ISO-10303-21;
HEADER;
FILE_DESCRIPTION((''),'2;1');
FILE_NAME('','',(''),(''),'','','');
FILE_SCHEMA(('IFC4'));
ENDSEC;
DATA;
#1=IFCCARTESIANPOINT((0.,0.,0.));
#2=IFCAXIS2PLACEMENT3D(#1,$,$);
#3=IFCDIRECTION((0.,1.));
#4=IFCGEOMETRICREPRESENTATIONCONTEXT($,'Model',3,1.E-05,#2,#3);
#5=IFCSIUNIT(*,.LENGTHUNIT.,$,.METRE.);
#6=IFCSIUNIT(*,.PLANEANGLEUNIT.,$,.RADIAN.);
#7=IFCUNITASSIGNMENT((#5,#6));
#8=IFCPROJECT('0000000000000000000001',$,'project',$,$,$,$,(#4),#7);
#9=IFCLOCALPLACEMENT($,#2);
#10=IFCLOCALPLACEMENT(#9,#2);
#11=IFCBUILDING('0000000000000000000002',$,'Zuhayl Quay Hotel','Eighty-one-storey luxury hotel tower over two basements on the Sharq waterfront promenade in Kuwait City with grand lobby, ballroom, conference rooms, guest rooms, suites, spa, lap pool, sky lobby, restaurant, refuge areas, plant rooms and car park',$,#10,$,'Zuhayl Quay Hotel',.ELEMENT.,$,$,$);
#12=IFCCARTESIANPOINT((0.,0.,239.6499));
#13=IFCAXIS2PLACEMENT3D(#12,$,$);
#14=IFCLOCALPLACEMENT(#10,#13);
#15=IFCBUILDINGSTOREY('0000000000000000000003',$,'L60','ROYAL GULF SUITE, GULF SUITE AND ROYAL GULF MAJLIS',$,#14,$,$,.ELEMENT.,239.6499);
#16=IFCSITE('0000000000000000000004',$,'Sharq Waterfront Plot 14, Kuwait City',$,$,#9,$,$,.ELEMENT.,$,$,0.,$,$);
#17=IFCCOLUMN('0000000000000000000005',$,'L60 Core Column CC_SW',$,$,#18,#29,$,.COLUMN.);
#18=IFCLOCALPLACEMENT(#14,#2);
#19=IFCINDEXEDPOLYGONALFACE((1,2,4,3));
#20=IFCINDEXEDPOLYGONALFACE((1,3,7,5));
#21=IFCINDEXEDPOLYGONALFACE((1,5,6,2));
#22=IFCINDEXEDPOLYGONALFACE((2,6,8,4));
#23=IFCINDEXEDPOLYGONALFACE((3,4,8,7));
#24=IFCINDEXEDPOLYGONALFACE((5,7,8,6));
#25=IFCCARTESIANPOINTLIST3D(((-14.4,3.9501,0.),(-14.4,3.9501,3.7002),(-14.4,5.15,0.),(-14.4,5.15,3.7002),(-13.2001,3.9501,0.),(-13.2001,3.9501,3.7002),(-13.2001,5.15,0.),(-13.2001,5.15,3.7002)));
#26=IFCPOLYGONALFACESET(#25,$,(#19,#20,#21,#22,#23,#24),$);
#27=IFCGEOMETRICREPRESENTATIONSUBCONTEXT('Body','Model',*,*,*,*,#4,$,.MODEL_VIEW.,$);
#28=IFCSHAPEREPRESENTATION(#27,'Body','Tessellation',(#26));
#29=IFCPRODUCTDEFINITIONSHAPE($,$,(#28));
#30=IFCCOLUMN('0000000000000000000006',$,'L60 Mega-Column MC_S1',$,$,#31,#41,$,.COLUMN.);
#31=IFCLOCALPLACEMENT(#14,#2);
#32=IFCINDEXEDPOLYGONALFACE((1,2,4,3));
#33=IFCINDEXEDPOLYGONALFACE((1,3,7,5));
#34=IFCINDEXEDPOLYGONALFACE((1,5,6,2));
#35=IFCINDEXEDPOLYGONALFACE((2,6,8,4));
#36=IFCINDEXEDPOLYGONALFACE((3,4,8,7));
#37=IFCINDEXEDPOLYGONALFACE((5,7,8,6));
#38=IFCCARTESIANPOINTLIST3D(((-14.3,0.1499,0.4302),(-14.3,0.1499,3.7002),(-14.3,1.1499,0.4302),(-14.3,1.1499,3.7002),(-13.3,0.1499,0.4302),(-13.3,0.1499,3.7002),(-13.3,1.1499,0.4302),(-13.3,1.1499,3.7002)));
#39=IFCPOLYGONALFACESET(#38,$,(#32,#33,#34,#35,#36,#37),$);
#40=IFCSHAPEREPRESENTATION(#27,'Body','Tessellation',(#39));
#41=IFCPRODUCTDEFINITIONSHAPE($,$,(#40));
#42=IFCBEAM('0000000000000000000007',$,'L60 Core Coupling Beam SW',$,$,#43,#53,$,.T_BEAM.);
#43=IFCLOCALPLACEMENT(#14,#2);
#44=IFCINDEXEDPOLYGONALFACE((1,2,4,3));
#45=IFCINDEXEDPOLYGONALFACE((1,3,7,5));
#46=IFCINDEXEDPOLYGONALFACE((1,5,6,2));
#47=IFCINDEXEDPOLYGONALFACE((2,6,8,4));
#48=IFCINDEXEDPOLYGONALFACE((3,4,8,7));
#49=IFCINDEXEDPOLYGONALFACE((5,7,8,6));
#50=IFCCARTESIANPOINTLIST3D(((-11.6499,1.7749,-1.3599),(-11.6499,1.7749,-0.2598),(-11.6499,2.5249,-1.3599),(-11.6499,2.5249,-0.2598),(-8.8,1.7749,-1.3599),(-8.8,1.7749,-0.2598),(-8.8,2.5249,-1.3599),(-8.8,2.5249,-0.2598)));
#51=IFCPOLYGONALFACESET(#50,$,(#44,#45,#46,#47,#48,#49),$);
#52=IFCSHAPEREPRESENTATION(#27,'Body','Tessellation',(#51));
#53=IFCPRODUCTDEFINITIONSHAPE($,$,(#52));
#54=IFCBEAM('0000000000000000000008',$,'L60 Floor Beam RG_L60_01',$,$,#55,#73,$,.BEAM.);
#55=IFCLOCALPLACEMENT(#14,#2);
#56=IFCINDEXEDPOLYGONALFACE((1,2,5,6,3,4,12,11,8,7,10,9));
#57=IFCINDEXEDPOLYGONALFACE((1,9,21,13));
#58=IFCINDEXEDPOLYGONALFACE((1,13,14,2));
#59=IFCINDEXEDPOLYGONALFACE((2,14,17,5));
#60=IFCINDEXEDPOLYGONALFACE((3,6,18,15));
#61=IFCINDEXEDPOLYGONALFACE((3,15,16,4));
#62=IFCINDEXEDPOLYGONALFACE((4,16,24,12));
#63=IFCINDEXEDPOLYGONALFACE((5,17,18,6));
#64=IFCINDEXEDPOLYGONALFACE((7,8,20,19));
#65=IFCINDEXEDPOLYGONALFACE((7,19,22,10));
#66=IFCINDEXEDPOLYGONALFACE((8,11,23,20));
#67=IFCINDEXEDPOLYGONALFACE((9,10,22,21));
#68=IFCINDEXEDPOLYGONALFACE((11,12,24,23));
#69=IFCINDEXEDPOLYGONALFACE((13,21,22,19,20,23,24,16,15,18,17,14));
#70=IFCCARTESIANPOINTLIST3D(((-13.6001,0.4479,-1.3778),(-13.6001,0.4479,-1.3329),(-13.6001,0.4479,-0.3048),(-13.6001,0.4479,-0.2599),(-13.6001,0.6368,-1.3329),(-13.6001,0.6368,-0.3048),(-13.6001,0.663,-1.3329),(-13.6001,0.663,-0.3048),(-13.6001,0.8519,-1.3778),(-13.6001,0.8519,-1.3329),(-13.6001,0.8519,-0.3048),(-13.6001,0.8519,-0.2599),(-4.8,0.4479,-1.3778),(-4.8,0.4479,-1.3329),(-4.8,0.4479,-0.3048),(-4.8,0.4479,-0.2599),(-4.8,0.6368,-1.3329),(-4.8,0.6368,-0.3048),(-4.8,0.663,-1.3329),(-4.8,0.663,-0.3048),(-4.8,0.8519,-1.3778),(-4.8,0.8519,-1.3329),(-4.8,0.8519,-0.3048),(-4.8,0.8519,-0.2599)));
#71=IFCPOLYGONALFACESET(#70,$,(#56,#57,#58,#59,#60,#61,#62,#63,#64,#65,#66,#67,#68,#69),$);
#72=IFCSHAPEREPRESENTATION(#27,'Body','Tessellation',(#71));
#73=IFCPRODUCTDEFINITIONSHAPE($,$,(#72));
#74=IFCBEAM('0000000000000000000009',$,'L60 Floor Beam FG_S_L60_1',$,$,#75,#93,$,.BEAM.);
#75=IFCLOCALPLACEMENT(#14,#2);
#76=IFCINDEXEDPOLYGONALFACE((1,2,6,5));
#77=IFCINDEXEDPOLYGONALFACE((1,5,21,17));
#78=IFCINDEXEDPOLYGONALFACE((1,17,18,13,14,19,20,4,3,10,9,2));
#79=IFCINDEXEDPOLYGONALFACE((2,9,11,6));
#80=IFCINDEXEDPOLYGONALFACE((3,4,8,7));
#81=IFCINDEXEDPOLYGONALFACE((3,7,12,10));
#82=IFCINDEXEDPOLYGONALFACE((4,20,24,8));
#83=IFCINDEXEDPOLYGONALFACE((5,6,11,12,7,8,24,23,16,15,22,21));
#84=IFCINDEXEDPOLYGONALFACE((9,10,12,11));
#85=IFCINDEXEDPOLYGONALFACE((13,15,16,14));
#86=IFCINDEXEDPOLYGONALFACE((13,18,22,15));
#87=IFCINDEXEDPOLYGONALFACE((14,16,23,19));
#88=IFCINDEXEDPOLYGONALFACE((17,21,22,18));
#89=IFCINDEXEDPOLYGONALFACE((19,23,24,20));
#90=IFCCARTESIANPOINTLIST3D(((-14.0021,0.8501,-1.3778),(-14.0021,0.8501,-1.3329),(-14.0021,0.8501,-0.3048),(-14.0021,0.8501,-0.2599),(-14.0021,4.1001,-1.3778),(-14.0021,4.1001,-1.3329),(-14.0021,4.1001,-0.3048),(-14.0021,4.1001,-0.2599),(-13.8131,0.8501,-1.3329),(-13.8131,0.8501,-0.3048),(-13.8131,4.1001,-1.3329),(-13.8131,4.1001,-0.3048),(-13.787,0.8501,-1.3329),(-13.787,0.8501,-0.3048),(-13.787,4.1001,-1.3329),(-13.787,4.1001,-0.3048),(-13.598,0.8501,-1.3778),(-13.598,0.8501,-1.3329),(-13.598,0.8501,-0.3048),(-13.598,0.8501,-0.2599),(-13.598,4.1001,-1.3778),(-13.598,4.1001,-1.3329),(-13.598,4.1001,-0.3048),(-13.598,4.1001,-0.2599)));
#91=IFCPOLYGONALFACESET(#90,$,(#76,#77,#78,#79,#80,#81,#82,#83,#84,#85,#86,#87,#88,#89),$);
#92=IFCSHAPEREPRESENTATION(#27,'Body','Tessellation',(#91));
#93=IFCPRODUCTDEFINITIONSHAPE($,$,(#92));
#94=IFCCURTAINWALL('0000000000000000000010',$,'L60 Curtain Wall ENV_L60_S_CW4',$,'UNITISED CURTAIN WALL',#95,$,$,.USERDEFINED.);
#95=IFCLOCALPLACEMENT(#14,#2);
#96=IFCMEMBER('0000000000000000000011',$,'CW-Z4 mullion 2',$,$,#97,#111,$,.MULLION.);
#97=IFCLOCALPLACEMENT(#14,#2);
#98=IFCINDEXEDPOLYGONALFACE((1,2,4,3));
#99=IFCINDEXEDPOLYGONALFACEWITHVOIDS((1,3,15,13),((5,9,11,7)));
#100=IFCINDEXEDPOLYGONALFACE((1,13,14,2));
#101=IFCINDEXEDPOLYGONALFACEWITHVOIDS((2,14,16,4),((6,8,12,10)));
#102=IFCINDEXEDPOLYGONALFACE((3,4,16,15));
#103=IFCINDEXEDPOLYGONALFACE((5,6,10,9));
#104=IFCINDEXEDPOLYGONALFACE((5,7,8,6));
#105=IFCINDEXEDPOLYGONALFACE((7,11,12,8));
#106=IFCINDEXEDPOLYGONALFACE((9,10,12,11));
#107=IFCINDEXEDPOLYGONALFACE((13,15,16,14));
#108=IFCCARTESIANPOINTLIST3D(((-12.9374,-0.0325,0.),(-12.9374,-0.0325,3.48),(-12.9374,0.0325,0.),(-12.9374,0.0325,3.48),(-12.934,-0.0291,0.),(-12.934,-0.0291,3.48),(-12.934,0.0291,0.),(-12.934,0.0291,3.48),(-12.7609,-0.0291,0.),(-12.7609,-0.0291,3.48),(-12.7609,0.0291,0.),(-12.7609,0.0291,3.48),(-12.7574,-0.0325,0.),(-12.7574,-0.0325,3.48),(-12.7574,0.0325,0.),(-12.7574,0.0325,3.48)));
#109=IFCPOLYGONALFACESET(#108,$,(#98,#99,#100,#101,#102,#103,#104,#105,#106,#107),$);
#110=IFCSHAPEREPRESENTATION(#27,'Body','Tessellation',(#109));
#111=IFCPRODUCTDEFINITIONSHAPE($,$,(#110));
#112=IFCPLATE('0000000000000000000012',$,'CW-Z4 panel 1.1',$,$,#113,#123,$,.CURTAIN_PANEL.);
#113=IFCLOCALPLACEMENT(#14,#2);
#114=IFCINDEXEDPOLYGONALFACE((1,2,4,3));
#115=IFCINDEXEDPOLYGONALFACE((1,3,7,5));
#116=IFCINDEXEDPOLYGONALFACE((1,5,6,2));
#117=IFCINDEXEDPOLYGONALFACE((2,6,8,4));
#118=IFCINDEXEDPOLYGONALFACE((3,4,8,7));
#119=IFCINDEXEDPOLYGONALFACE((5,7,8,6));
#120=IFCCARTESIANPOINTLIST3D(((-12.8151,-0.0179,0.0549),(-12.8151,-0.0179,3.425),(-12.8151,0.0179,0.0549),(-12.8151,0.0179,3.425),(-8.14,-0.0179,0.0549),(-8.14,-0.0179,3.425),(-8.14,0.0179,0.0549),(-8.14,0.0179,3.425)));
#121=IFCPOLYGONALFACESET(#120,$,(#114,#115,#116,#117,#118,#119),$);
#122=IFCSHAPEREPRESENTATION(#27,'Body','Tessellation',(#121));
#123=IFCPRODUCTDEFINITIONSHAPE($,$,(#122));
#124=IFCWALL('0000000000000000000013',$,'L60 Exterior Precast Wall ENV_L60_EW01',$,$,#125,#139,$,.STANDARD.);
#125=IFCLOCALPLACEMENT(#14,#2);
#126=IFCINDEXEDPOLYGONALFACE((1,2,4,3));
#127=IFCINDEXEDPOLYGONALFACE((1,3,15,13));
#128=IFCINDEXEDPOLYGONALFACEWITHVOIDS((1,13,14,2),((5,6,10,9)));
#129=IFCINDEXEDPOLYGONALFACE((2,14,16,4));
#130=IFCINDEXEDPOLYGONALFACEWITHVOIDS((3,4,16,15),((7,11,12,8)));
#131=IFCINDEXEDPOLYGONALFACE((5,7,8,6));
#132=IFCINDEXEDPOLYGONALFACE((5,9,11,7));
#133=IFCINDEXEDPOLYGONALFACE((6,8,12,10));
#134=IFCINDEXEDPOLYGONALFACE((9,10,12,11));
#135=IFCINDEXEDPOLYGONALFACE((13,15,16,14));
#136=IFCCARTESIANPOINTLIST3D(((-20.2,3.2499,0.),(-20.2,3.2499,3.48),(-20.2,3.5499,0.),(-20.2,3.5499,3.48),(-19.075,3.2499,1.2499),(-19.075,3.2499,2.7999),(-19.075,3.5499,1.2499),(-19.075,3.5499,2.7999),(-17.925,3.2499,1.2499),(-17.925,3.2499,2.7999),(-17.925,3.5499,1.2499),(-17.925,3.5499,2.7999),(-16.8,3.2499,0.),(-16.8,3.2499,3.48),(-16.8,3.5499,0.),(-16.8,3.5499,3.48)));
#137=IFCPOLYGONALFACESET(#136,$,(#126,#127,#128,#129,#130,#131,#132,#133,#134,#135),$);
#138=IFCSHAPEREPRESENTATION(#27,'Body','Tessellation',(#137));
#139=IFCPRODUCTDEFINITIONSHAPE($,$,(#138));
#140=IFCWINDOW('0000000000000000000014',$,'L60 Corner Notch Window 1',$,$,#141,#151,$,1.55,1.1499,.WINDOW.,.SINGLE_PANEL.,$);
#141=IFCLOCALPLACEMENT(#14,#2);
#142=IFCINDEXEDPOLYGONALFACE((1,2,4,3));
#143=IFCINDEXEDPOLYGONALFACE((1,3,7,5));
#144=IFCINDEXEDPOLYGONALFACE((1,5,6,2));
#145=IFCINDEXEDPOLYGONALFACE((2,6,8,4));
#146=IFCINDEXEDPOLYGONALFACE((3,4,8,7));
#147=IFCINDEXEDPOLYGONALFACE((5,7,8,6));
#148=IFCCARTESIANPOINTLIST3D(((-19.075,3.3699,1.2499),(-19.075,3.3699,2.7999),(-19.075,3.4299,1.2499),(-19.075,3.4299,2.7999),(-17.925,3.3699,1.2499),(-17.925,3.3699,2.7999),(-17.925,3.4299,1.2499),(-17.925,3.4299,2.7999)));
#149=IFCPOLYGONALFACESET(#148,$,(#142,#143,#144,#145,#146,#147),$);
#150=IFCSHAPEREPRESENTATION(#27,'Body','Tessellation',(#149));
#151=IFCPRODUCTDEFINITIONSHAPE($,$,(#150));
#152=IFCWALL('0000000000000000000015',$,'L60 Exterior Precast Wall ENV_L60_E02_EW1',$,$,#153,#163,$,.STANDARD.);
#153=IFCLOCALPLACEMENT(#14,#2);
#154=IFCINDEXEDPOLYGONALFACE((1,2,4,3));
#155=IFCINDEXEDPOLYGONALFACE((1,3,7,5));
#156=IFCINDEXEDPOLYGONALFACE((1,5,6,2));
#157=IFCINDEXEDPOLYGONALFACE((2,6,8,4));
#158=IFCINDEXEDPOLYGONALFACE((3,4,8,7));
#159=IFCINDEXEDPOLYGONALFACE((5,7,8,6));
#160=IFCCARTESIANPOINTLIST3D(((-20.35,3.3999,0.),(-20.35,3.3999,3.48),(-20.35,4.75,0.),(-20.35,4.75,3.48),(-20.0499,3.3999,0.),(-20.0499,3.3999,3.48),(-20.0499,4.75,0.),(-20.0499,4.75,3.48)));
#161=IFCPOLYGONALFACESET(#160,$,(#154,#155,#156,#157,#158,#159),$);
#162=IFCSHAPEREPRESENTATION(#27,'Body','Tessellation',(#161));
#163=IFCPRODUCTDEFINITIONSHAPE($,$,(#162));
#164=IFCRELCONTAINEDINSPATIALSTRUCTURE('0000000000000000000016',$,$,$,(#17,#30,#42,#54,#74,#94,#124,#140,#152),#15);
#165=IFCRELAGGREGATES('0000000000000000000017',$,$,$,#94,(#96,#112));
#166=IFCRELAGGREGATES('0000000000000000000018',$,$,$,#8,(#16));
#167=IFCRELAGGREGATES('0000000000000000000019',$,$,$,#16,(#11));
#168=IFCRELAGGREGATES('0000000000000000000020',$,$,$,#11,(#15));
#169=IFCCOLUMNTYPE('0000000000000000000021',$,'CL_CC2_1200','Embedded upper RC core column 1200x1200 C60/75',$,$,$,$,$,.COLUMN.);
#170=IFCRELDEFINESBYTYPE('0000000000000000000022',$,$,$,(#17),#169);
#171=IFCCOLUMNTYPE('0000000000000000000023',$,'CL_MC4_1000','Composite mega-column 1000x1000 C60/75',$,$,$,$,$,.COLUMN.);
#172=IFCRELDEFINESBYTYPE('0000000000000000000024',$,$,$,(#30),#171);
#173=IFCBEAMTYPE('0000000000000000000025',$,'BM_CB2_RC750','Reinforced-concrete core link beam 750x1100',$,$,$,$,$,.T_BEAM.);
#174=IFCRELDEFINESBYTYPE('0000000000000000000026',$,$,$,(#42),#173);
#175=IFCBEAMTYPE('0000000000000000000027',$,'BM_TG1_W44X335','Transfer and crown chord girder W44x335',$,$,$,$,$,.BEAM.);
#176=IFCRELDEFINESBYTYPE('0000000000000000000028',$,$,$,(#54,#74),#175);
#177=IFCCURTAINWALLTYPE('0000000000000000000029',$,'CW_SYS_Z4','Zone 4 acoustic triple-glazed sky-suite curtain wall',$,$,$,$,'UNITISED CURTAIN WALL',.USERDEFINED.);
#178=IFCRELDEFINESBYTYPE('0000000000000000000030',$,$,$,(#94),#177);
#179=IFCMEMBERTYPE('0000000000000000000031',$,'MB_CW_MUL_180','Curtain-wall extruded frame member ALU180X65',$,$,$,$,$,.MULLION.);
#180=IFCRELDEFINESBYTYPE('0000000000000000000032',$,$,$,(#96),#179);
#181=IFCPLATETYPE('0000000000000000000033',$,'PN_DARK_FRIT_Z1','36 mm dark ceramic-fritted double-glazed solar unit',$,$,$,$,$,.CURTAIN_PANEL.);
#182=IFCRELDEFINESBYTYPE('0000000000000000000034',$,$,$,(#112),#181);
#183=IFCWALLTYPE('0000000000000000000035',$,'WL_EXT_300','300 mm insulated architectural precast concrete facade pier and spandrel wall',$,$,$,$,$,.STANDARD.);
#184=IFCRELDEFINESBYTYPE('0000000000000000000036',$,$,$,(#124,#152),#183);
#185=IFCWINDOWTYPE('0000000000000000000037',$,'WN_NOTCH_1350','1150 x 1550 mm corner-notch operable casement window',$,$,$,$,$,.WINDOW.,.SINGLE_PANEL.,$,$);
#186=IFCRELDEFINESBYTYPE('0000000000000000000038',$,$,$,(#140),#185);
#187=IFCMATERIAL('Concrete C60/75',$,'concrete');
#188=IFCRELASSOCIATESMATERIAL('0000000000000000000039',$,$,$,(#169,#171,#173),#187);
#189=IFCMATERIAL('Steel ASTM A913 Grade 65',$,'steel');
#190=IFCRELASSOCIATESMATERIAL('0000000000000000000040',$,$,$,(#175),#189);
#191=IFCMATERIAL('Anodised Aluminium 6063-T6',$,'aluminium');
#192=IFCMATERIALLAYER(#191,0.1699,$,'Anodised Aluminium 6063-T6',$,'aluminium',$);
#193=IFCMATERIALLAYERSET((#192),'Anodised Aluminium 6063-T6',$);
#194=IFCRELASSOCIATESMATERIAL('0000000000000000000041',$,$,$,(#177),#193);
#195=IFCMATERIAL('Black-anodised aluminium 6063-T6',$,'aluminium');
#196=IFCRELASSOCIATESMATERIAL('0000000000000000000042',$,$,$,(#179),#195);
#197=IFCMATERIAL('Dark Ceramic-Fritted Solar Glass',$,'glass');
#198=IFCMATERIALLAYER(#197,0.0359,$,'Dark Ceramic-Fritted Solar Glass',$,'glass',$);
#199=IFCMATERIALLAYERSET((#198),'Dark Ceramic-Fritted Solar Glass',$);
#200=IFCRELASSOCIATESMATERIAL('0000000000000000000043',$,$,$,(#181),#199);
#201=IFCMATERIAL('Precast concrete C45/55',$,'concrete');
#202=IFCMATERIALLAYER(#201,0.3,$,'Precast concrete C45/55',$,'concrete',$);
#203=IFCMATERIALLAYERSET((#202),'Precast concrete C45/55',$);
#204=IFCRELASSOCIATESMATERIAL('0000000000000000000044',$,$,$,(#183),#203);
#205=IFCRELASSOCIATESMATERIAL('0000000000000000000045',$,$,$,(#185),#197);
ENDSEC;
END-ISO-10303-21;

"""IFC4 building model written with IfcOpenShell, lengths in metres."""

from ifc_helpers import new_model, si_unit, direction, frame, frame_2d, origin, origin_2d, place, context, subcontext, project, spatial, rectangle, hollow_rectangle, i_section, extrude, material, layer, layer_set, material_profile, profile_set, type_object, element, fill, aggregate, save


model = new_model("IFC4")

# Units and contexts
model_context = context("Model", 3, precision=1e-05, world=origin(), true_north=direction((0.0, 1.0)))
body_context = subcontext(model_context, "Body", "Model", "MODEL_VIEW")
ifc_project = project(units=[si_unit("LENGTHUNIT", "METRE"), si_unit("PLANEANGLEUNIT", "RADIAN")], contexts=[model_context])

# Site, building, storey
site_placement = place(None, origin())
site = spatial("IfcSite", under=ifc_project, at=site_placement, Name="Sharq Waterfront Plot 14, Kuwait City", CompositionType="ELEMENT", RefElevation=0.0)
building_placement = place(site_placement, origin())
building = spatial("IfcBuilding", under=site, at=building_placement, Name="Zuhayl Quay Hotel", Description="Eighty-one-storey luxury hotel tower over two basements on the Sharq waterfront promenade in Kuwait City with grand lobby, ballroom, conference rooms, guest rooms, suites, spa, lap pool, sky lobby, restaurant, refuge areas, plant rooms and car park", LongName="Zuhayl Quay Hotel", CompositionType="ELEMENT")
storey_placement = place(building_placement, frame((0.0, 0.0, 239.6499)))
storey = spatial("IfcBuildingStorey", under=building, at=storey_placement, Name="L60", Description="ROYAL GULF SUITE, GULF SUITE AND ROYAL GULF MAJLIS", CompositionType="ELEMENT", Elevation=239.6499)

# Columns
ifc_material_1 = material(Name="Concrete C60/75", Category="concrete")
ifc_material_profile_1 = material_profile(ifc_material_1, rectangle(XDim=1.2, YDim=1.2, at=origin_2d()), Name="RC1200X1200")
ifc_profile_set_1 = profile_set([ifc_material_profile_1], Name="Concrete C60/75")
column_type_1 = type_object("IfcColumnType", Name="CL_CC2_1200", Description="Embedded upper RC core column 1200x1200 C60/75", PredefinedType="COLUMN", material=ifc_profile_set_1)
column_1_placement = place(storey_placement, frame((-13.8, 4.55, 0.0), z_axis=(0.0, 0.0, 1.0), x_axis=(1.0, 0.0, 0.0)))
element("IfcColumn", 1, at=column_1_placement, inside=storey, type_object=column_type_1, Name="L60 Core Column CC_SW", PredefinedType="COLUMN", context=body_context, shape_type="SweptSolid", body=[
    extrude(rectangle(XDim=1.2, YDim=1.2, at=origin_2d()), origin(), (0.0, 0.0, 1.0), 3.7002),
])
ifc_material_profile_2 = material_profile(ifc_material_1, rectangle(XDim=1.0, YDim=1.0, at=origin_2d()), Name="RC1000X1000")
ifc_profile_set_2 = profile_set([ifc_material_profile_2], Name="Concrete C60/75")
column_type_2 = type_object("IfcColumnType", Name="CL_MC4_1000", Description="Composite mega-column 1000x1000 C60/75", PredefinedType="COLUMN", material=ifc_profile_set_2)
column_2_placement = place(storey_placement, frame((-13.8, 0.6499, 0.4302), z_axis=(0.0, 0.0, 1.0), x_axis=(1.0, 0.0, 0.0)))
element("IfcColumn", 2, at=column_2_placement, inside=storey, type_object=column_type_2, Name="L60 Mega-Column MC_S1", PredefinedType="COLUMN", context=body_context, shape_type="SweptSolid", body=[
    extrude(rectangle(XDim=1.0, YDim=1.0, at=origin_2d()), origin(), (0.0, 0.0, 1.0), 3.27),
])

# Beams
ifc_material_profile_3 = material_profile(ifc_material_1, rectangle(XDim=0.75, YDim=1.1001, at=origin_2d()), Name="RC750X1100")
ifc_profile_set_3 = profile_set([ifc_material_profile_3], Name="Concrete C60/75")
beam_type_1 = type_object("IfcBeamType", Name="BM_CB2_RC750", Description="Reinforced-concrete core link beam 750x1100", PredefinedType="T_BEAM", material=ifc_profile_set_3)
beam_1_placement = place(storey_placement, frame((-11.6499, 2.1499, -0.8098), z_axis=(1.0, 0.0, 0.0), x_axis=(0.0, 1.0, 0.0)))
element("IfcBeam", 3, at=beam_1_placement, inside=storey, type_object=beam_type_1, Name="L60 Core Coupling Beam SW", PredefinedType="T_BEAM", context=body_context, shape_type="SweptSolid", body=[
    extrude(rectangle(XDim=0.75, YDim=1.1001, at=origin_2d()), origin(), (0.0, 0.0, 1.0), 2.8499),
])
ifc_material_2 = material(Name="Steel ASTM A913 Grade 65", Category="steel")
ifc_material_profile_4 = material_profile(ifc_material_2, i_section(OverallWidth=0.4041, OverallDepth=1.1179, WebThickness=0.0261, FlangeThickness=0.0449, at=origin_2d()), Name="W44X335")
ifc_profile_set_4 = profile_set([ifc_material_profile_4], Name="Steel ASTM A913 Grade 65")
beam_type_2 = type_object("IfcBeamType", Name="BM_TG1_W44X335", Description="Transfer and crown chord girder W44x335", PredefinedType="BEAM", material=ifc_profile_set_4)
beam_2_placement = place(storey_placement, frame((-13.6001, 0.6499, -0.8188), z_axis=(1.0, 0.0, 0.0), x_axis=(0.0, 1.0, 0.0)))
element("IfcBeam", 4, at=beam_2_placement, inside=storey, type_object=beam_type_2, Name="L60 Floor Beam RG_L60_01", PredefinedType="BEAM", context=body_context, shape_type="SweptSolid", body=[
    extrude(i_section(OverallWidth=0.4041, OverallDepth=1.1179, WebThickness=0.0261, FlangeThickness=0.0449, at=origin_2d()), origin(), (0.0, 0.0, 1.0), 8.8),
])
beam_3_placement = place(storey_placement, frame((-13.8, 0.8501, -0.8188), z_axis=(0.0, 1.0, 0.0), x_axis=(-1.0, 0.0, 0.0)))
element("IfcBeam", 5, at=beam_3_placement, inside=storey, type_object=beam_type_2, Name="L60 Floor Beam FG_S_L60_1", PredefinedType="BEAM", context=body_context, shape_type="SweptSolid", body=[
    extrude(i_section(OverallWidth=0.4041, OverallDepth=1.1179, WebThickness=0.0261, FlangeThickness=0.0449, at=origin_2d()), origin(), (0.0, 0.0, 1.0), 3.25),
])

# Curtain wall, member, plate
ifc_material_3 = material(Name="Anodised Aluminium 6063-T6", Category="aluminium")
ifc_layer_1 = layer(ifc_material_3, 0.1699, Name="Anodised Aluminium 6063-T6", Category="aluminium")
ifc_layer_set_1 = layer_set([ifc_layer_1], Name="Anodised Aluminium 6063-T6")
curtain_wall_type = type_object("IfcCurtainWallType", Name="CW_SYS_Z4", Description="Zone 4 acoustic triple-glazed sky-suite curtain wall", ElementType="UNITISED CURTAIN WALL", PredefinedType="USERDEFINED", material=ifc_layer_set_1)
curtain_wall_placement = place(storey_placement, origin())
curtain_wall = element("IfcCurtainWall", 6, at=curtain_wall_placement, inside=storey, type_object=curtain_wall_type, Name="L60 Curtain Wall ENV_L60_S_CW4", ObjectType="UNITISED CURTAIN WALL", PredefinedType="USERDEFINED")
ifc_material_4 = material(Name="Black-anodised aluminium 6063-T6", Category="aluminium")
ifc_material_profile_5 = material_profile(ifc_material_4, hollow_rectangle(XDim=0.0649, YDim=0.1799, WallThickness=0.0034, at=origin_2d()), Name="ALU180X65")
ifc_profile_set_5 = profile_set([ifc_material_profile_5], Name="Black-anodised aluminium 6063-T6")
member_type = type_object("IfcMemberType", Name="MB_CW_MUL_180", Description="Curtain-wall extruded frame member ALU180X65", PredefinedType="MULLION", material=ifc_profile_set_5)
member_placement = place(storey_placement, frame((-12.8474, 0.0, 0.0), z_axis=(0.0, 0.0, 1.0), x_axis=(0.0, -1.0, 0.0)))
member = element("IfcMember", 7, at=member_placement, type_object=member_type, Name="CW-Z4 mullion 2", PredefinedType="MULLION", context=body_context, shape_type="SweptSolid", body=[
    extrude(hollow_rectangle(XDim=0.0649, YDim=0.1799, WallThickness=0.0034, at=origin_2d()), origin(), (0.0, 0.0, 1.0), 3.48),
])
ifc_material_5 = material(Name="Dark Ceramic-Fritted Solar Glass", Category="glass")
ifc_layer_2 = layer(ifc_material_5, 0.0359, Name="Dark Ceramic-Fritted Solar Glass", Category="glass")
ifc_layer_set_2 = layer_set([ifc_layer_2], Name="Dark Ceramic-Fritted Solar Glass")
plate_type = type_object("IfcPlateType", Name="PN_DARK_FRIT_Z1", Description="36 mm dark ceramic-fritted double-glazed solar unit", PredefinedType="CURTAIN_PANEL", material=ifc_layer_set_2)
plate_placement = place(storey_placement, frame((-10.4775, 0.0, 0.0549), z_axis=(0.0, 0.0, 1.0), x_axis=(-1.0, 0.0, 0.0)))
plate = element("IfcPlate", 8, at=plate_placement, type_object=plate_type, Name="CW-Z4 panel 1.1", PredefinedType="CURTAIN_PANEL", context=body_context, shape_type="SweptSolid", body=[
    extrude(rectangle(XDim=4.675, YDim=0.0359, at=origin_2d()), origin(), (0.0, 0.0, 1.0), 3.3701),
])
aggregate(curtain_wall, [member, plate])

# Wall, opening, window
ifc_material_6 = material(Name="Precast concrete C45/55", Category="concrete")
ifc_layer_3 = layer(ifc_material_6, 0.3, Name="Precast concrete C45/55", Category="concrete")
ifc_layer_set_3 = layer_set([ifc_layer_3], Name="Precast concrete C45/55")
wall_type_1 = type_object("IfcWallType", Name="WL_EXT_300", Description="300 mm insulated architectural precast concrete facade pier and spandrel wall", PredefinedType="STANDARD", material=ifc_layer_set_3)
wall_1_placement = place(storey_placement, frame((-16.8, 3.3999, 0.0), z_axis=(0.0, 0.0, 1.0), x_axis=(-1.0, 0.0, 0.0)))
wall_1 = element("IfcWall", 9, at=wall_1_placement, inside=storey, type_object=wall_type_1, Name="L60 Exterior Precast Wall ENV_L60_EW01", PredefinedType="STANDARD", context=body_context, shape_type="SweptSolid", body=[
    extrude(rectangle(XDim=3.3999, YDim=0.3, at=frame_2d((1.7, 0.0))), origin(), (0.0, 0.0, 1.0), 3.48),
])
opening_1_placement = place(wall_1_placement, frame((1.125, 0.0, 1.25)))
opening_1 = element("IfcOpeningElement", 10, at=opening_1_placement, cuts=wall_1, PredefinedType="OPENING", context=body_context, shape_type="SweptSolid", body=[
    extrude(rectangle(XDim=1.1499, YDim=1.55, at=frame_2d((0.575, 0.7749))), frame((0.0, 0.1599, 0.0), z_axis=(0.0, -1.0, 0.0), x_axis=(1.0, 0.0, 0.0)), (0.0, 0.0, 1.0), 0.3201),
])
window_type = type_object("IfcWindowType", Name="WN_NOTCH_1350", Description="1150 x 1550 mm corner-notch operable casement window", PartitioningType="SINGLE_PANEL", PredefinedType="WINDOW", material=ifc_material_5)
window_1_placement = place(opening_1_placement, origin())
window_1 = element("IfcWindow", 11, at=window_1_placement, inside=storey, type_object=window_type, Name="L60 Corner Notch Window 1", OverallHeight=1.55, OverallWidth=1.1499, PartitioningType="SINGLE_PANEL", PredefinedType="WINDOW", context=body_context, shape_type="SweptSolid", body=[
    extrude(rectangle(XDim=1.1499, YDim=1.55, at=frame_2d((0.575, 0.7749))), frame((0.0, 0.03, 0.0), z_axis=(0.0, -1.0, 0.0), x_axis=(1.0, 0.0, 0.0)), (0.0, 0.0, 1.0), 0.0601),
])
fill(opening_1, window_1)

# Wall
wall_2_placement = place(storey_placement, frame((-20.2, 3.3999, 0.0), z_axis=(0.0, 0.0, 1.0), x_axis=(0.0, 1.0, 0.0)))
element("IfcWall", 12, at=wall_2_placement, inside=storey, type_object=wall_type_1, Name="L60 Exterior Precast Wall ENV_L60_E02_EW1", PredefinedType="STANDARD", context=body_context, shape_type="SweptSolid", body=[
    extrude(rectangle(XDim=1.3501, YDim=0.3, at=frame_2d((0.675, 0.0))), origin(), (0.0, 0.0, 1.0), 3.48),
])

save(model, "model.ifc")
